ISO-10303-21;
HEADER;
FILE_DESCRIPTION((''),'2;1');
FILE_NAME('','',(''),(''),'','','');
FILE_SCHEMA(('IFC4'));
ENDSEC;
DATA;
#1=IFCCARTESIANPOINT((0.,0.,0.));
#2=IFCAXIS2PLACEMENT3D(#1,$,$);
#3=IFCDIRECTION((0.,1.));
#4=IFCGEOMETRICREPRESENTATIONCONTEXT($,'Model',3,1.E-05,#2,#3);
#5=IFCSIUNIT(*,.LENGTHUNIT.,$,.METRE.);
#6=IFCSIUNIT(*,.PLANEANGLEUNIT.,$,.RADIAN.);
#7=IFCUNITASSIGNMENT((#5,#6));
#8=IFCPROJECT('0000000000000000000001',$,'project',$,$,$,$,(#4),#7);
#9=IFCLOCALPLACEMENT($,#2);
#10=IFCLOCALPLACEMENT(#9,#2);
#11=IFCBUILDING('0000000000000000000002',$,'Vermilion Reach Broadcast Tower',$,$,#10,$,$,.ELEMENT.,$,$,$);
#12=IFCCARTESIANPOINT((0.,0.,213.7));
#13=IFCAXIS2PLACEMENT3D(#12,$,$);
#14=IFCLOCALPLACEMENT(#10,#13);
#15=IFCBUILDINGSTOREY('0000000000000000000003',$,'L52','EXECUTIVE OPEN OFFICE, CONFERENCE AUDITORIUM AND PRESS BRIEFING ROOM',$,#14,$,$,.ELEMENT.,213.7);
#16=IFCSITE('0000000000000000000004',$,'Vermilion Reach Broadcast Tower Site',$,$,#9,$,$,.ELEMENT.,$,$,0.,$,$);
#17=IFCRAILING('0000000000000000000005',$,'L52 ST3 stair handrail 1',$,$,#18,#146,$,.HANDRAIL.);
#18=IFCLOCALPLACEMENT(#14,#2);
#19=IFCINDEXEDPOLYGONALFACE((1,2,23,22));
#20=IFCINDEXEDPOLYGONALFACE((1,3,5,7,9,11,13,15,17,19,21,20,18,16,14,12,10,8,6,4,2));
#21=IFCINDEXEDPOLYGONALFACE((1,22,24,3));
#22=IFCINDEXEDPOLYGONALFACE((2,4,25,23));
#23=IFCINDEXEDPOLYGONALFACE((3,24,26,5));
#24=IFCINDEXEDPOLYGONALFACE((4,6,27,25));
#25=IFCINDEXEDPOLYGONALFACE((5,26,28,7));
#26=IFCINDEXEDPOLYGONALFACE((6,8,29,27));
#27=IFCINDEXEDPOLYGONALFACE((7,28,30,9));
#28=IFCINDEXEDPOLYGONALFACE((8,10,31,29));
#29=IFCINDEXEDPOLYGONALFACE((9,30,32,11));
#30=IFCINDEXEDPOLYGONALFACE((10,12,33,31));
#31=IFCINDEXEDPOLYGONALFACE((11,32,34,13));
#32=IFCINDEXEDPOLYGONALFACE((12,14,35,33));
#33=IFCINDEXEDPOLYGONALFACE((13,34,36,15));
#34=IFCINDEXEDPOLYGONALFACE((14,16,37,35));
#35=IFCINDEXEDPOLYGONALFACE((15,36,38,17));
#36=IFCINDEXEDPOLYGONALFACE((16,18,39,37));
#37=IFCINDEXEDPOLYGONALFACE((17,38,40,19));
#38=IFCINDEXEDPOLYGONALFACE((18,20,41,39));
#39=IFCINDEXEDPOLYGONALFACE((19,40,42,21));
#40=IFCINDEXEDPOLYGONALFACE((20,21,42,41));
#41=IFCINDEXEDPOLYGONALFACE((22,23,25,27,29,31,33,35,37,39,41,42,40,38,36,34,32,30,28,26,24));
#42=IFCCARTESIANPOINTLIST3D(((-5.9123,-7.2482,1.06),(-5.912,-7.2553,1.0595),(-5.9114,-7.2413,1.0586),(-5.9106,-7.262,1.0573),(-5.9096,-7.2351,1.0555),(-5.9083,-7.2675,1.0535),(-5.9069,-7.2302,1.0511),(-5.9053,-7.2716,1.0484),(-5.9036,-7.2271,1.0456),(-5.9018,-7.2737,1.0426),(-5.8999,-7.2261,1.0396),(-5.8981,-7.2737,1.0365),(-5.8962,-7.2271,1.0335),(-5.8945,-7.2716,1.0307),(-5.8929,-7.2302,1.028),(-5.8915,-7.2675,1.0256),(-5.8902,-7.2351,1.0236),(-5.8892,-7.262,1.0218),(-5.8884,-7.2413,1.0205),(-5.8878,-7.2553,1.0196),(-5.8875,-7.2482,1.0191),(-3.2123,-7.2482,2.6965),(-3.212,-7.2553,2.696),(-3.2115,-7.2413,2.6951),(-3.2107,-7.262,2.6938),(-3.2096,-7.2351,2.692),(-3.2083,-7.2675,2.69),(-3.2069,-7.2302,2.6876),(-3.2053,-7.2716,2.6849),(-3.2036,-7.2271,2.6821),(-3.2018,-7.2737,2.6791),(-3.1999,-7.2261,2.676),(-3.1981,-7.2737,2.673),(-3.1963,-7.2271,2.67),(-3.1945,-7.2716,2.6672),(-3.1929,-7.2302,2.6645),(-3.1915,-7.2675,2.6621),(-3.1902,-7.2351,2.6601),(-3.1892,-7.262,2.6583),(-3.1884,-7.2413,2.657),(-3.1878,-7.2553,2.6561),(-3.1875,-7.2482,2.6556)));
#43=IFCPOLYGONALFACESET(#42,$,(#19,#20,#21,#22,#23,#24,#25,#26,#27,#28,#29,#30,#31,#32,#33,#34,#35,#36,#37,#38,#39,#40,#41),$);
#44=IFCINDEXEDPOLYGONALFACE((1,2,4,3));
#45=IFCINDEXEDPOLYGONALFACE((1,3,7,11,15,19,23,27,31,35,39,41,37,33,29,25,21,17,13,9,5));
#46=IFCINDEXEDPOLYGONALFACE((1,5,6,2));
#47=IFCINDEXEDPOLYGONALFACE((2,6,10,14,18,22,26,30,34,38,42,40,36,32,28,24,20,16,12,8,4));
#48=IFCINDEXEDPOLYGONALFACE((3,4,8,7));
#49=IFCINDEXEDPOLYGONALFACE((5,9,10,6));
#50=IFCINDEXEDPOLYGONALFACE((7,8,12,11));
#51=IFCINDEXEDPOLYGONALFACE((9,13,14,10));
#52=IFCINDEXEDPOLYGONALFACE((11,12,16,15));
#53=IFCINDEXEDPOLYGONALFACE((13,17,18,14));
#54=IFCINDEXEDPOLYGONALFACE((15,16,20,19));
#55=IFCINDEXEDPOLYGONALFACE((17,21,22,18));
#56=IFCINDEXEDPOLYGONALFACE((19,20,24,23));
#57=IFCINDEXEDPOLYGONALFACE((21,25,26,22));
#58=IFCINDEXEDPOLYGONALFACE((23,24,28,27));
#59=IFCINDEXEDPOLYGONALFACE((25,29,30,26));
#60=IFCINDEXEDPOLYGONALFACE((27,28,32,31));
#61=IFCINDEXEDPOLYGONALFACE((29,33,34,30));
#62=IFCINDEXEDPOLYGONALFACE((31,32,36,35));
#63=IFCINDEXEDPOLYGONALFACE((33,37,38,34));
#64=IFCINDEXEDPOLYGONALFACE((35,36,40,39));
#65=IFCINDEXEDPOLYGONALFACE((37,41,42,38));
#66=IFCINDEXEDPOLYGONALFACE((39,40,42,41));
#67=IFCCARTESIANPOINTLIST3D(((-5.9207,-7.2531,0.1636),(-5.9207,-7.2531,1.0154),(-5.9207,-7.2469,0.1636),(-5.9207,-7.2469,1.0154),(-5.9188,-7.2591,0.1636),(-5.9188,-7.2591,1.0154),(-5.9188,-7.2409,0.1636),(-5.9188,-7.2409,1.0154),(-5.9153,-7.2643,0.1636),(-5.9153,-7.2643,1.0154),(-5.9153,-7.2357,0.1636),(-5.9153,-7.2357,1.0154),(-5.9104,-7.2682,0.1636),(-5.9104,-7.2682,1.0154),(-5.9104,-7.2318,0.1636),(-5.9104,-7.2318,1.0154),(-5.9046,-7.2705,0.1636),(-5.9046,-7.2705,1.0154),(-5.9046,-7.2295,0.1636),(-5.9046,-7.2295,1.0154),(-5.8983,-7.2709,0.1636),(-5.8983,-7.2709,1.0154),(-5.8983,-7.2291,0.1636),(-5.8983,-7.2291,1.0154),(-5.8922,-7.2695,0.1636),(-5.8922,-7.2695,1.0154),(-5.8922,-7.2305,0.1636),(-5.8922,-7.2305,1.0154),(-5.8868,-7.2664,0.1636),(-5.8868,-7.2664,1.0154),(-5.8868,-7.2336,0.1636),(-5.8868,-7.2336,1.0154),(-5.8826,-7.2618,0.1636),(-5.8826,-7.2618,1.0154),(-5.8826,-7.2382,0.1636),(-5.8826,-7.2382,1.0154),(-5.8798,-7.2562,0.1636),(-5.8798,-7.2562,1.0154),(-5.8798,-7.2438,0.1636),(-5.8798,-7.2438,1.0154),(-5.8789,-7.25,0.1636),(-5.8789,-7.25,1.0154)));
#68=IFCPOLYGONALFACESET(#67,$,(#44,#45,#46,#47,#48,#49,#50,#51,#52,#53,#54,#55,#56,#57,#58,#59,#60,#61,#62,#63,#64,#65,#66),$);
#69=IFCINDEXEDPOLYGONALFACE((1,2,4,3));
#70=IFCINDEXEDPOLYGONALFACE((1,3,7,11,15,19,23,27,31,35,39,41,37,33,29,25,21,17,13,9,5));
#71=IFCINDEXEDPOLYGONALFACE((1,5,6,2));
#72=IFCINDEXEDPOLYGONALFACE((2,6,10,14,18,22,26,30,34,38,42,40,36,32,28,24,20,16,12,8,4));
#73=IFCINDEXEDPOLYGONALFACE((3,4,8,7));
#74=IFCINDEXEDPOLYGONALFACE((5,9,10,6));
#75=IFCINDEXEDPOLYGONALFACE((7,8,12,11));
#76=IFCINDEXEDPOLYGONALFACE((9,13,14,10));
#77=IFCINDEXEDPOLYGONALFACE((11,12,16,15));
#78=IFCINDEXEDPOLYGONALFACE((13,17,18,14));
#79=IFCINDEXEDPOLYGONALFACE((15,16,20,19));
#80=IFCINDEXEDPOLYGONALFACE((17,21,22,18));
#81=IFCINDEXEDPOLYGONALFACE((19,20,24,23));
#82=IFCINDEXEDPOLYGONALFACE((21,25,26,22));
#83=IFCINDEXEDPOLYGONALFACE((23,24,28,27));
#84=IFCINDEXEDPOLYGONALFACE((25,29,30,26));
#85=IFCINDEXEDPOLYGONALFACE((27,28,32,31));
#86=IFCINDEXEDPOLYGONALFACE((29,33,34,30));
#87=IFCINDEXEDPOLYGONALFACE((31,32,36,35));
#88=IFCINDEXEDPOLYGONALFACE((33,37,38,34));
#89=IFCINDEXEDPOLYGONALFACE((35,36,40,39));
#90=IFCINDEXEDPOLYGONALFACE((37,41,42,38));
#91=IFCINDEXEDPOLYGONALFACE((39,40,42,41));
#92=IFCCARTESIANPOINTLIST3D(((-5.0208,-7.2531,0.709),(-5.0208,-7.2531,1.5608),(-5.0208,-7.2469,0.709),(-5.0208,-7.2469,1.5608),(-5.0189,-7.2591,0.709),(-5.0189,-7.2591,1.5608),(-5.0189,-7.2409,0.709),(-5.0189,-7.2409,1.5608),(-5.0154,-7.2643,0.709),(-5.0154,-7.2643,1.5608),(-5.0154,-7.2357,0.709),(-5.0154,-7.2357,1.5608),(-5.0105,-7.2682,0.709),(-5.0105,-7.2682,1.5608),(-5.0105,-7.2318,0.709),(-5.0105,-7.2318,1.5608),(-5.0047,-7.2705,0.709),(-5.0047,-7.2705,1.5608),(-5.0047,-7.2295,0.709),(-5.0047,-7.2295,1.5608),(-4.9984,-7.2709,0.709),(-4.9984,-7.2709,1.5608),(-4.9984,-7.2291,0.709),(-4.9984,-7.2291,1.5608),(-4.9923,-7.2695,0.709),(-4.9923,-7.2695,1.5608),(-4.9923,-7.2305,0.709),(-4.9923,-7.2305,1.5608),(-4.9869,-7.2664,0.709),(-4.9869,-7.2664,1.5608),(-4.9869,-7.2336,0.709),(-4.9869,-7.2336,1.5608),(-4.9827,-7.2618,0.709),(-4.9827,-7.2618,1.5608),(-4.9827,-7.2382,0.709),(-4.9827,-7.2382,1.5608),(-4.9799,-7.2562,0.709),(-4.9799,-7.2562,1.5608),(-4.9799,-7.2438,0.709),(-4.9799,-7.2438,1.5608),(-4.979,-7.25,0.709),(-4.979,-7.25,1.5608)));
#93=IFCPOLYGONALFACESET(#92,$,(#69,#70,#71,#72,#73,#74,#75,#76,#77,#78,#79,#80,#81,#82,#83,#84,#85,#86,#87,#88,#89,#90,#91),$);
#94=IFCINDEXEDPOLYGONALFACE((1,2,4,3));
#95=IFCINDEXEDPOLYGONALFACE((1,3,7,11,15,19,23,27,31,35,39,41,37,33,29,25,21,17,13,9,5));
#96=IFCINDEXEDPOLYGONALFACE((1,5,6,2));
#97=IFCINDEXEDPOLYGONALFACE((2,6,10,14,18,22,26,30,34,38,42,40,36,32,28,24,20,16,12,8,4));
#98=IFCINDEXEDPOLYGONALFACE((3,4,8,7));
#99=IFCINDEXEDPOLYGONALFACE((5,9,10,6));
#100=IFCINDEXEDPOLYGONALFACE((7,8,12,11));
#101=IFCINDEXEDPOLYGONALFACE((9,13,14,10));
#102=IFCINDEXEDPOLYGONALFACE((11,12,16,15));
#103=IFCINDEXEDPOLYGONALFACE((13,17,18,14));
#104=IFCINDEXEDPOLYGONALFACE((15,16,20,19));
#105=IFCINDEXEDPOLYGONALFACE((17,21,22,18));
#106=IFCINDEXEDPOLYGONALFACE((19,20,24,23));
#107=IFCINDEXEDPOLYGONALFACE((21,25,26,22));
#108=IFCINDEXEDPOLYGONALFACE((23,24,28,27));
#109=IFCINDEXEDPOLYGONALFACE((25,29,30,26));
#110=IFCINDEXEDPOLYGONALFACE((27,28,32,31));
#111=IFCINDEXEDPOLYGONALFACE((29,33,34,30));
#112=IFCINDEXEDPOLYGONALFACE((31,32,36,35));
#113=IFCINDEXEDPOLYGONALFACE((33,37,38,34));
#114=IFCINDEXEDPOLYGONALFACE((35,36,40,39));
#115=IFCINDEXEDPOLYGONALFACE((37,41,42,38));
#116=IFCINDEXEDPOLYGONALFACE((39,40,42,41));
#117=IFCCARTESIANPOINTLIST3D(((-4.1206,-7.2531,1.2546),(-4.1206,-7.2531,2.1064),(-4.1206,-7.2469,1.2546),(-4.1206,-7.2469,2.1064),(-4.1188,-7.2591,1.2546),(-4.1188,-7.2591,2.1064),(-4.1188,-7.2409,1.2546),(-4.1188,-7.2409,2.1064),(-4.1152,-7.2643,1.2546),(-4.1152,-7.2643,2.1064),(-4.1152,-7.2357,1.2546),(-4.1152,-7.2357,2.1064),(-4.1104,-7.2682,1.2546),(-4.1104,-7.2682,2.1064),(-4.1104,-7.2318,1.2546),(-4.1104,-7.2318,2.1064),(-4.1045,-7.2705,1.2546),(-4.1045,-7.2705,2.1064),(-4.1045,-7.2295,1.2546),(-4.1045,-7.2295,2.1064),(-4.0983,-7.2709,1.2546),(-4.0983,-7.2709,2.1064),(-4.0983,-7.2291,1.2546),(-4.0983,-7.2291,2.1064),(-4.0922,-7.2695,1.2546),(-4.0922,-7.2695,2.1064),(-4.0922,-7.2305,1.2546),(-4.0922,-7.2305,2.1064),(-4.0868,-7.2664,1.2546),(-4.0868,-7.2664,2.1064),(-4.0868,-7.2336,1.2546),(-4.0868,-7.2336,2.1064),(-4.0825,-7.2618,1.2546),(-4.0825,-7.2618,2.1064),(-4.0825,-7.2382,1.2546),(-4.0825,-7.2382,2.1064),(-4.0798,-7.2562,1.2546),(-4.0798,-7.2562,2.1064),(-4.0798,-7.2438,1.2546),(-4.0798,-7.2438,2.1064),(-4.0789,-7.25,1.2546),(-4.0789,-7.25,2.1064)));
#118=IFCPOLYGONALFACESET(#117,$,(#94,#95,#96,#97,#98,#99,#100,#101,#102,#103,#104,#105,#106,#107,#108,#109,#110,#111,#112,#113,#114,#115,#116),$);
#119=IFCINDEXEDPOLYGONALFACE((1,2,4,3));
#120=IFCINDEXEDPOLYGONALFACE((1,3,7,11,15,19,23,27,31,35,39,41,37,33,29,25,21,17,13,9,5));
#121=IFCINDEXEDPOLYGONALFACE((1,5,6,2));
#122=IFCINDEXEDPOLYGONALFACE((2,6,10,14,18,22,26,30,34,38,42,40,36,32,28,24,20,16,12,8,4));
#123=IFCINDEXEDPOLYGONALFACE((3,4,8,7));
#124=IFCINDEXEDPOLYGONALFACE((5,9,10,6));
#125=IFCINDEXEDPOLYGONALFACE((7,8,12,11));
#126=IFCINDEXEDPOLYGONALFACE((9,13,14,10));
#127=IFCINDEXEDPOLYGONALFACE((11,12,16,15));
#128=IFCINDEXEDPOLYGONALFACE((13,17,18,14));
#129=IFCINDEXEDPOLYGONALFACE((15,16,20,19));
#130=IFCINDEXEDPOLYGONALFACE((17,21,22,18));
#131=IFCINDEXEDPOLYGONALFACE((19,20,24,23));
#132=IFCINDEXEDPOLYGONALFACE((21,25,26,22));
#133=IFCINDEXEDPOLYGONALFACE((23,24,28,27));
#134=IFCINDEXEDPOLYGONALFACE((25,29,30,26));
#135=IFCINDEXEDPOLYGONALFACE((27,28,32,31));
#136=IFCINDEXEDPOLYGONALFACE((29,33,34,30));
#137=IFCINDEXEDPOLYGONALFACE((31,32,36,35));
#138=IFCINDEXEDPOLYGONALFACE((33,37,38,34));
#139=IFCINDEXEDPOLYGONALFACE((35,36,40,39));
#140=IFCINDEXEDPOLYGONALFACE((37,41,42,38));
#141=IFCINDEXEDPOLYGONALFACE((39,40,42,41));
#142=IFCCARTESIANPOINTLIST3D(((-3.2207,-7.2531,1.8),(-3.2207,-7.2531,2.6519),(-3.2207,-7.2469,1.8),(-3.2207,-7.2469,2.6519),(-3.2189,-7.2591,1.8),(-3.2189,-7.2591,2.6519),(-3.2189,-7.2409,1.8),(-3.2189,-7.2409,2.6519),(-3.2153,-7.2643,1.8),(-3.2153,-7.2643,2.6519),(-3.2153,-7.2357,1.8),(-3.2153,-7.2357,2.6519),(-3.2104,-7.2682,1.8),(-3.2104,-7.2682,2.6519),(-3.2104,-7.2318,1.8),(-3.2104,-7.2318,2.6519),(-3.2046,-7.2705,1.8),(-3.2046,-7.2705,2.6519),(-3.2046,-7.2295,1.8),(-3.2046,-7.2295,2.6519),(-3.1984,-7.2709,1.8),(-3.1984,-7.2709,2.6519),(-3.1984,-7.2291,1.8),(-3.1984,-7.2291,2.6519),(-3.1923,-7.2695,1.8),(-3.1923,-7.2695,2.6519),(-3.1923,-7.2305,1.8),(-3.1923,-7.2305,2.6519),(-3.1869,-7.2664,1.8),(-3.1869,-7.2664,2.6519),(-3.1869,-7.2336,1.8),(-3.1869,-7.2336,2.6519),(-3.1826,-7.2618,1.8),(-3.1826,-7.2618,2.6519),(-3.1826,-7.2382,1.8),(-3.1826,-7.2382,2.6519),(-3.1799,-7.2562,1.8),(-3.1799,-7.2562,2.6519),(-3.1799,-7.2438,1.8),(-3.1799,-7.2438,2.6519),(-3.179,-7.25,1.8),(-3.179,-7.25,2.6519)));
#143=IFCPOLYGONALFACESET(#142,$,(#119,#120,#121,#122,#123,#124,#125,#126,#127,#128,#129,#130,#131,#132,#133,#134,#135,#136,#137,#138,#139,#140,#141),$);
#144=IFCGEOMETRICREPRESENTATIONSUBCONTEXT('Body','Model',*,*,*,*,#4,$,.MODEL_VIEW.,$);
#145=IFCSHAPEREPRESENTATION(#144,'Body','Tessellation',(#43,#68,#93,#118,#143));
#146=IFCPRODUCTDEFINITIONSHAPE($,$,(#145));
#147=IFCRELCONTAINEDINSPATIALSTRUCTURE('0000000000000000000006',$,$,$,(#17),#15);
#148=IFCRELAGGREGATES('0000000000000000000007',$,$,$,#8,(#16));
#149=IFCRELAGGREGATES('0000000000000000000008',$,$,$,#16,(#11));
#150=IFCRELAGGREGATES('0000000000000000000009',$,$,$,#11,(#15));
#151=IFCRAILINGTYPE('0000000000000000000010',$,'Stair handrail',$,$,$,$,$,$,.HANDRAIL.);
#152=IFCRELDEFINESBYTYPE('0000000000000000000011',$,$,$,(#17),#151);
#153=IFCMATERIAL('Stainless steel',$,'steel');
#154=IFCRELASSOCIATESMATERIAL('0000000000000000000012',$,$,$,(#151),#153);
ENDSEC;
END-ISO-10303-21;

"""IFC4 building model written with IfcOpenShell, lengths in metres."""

from ifc_helpers import new_model, si_unit, direction, frame, origin, origin_2d, place, context, subcontext, project, spatial, circle, extrude, material, type_object, element, save


model = new_model("IFC4")

# Units and contexts
model_context = context("Model", 3, precision=1e-05, world=origin(), true_north=direction((0.0, 1.0)))
body_context = subcontext(model_context, "Body", "Model", "MODEL_VIEW")
ifc_project = project(units=[si_unit("LENGTHUNIT", "METRE"), si_unit("PLANEANGLEUNIT", "RADIAN")], contexts=[model_context])

# Site, building, storey
site_placement = place(None, origin())
site = spatial("IfcSite", under=ifc_project, at=site_placement, Name="Vermilion Reach Broadcast Tower Site", CompositionType="ELEMENT", RefElevation=0.0)
building_placement = place(site_placement, origin())
building = spatial("IfcBuilding", under=site, at=building_placement, Name="Vermilion Reach Broadcast Tower", CompositionType="ELEMENT")
storey_placement = place(building_placement, frame((0.0, 0.0, 213.7)))
storey = spatial("IfcBuildingStorey", under=building, at=storey_placement, Name="L52", Description="EXECUTIVE OPEN OFFICE, CONFERENCE AUDITORIUM AND PRESS BRIEFING ROOM", CompositionType="ELEMENT", Elevation=213.7)

# Railing
ifc_material_1 = material(Name="Stainless steel", Category="steel")
railing_type_1 = type_object("IfcRailingType", Name="Stair handrail", PredefinedType="HANDRAIL", material=ifc_material_1)
railing_1_placement = place(storey_placement, frame((-5.8999, -7.25, 0.1636)))
element("IfcRailing", 1, at=railing_1_placement, inside=storey, type_object=railing_type_1, Name="L52 ST3 stair handrail 1", PredefinedType="HANDRAIL", context=body_context, shape_type="SweptSolid", body=[
    extrude(circle(Radius=0.0239, at=origin_2d()), frame((0.0, 0.0, 0.876), z_axis=(0.855178, 0.0, 0.518334), x_axis=(0.0, 1.0, 0.0)), (0.0, 0.0, 1.0), 3.1572),
    extrude(circle(Radius=0.021, at=origin_2d()), origin(), (0.0, 0.0, 1.0), 0.8518),
    extrude(circle(Radius=0.021, at=origin_2d()), frame((0.8999, 0.0, 0.5454)), (0.0, 0.0, 1.0), 0.8518),
    extrude(circle(Radius=0.021, at=origin_2d()), frame((1.8, 0.0, 1.0911)), (0.0, 0.0, 1.0), 0.8518),
    extrude(circle(Radius=0.021, at=origin_2d()), frame((2.7, 0.0, 1.6365)), (0.0, 0.0, 1.0), 0.8518),
])

save(model, "model.ifc")
